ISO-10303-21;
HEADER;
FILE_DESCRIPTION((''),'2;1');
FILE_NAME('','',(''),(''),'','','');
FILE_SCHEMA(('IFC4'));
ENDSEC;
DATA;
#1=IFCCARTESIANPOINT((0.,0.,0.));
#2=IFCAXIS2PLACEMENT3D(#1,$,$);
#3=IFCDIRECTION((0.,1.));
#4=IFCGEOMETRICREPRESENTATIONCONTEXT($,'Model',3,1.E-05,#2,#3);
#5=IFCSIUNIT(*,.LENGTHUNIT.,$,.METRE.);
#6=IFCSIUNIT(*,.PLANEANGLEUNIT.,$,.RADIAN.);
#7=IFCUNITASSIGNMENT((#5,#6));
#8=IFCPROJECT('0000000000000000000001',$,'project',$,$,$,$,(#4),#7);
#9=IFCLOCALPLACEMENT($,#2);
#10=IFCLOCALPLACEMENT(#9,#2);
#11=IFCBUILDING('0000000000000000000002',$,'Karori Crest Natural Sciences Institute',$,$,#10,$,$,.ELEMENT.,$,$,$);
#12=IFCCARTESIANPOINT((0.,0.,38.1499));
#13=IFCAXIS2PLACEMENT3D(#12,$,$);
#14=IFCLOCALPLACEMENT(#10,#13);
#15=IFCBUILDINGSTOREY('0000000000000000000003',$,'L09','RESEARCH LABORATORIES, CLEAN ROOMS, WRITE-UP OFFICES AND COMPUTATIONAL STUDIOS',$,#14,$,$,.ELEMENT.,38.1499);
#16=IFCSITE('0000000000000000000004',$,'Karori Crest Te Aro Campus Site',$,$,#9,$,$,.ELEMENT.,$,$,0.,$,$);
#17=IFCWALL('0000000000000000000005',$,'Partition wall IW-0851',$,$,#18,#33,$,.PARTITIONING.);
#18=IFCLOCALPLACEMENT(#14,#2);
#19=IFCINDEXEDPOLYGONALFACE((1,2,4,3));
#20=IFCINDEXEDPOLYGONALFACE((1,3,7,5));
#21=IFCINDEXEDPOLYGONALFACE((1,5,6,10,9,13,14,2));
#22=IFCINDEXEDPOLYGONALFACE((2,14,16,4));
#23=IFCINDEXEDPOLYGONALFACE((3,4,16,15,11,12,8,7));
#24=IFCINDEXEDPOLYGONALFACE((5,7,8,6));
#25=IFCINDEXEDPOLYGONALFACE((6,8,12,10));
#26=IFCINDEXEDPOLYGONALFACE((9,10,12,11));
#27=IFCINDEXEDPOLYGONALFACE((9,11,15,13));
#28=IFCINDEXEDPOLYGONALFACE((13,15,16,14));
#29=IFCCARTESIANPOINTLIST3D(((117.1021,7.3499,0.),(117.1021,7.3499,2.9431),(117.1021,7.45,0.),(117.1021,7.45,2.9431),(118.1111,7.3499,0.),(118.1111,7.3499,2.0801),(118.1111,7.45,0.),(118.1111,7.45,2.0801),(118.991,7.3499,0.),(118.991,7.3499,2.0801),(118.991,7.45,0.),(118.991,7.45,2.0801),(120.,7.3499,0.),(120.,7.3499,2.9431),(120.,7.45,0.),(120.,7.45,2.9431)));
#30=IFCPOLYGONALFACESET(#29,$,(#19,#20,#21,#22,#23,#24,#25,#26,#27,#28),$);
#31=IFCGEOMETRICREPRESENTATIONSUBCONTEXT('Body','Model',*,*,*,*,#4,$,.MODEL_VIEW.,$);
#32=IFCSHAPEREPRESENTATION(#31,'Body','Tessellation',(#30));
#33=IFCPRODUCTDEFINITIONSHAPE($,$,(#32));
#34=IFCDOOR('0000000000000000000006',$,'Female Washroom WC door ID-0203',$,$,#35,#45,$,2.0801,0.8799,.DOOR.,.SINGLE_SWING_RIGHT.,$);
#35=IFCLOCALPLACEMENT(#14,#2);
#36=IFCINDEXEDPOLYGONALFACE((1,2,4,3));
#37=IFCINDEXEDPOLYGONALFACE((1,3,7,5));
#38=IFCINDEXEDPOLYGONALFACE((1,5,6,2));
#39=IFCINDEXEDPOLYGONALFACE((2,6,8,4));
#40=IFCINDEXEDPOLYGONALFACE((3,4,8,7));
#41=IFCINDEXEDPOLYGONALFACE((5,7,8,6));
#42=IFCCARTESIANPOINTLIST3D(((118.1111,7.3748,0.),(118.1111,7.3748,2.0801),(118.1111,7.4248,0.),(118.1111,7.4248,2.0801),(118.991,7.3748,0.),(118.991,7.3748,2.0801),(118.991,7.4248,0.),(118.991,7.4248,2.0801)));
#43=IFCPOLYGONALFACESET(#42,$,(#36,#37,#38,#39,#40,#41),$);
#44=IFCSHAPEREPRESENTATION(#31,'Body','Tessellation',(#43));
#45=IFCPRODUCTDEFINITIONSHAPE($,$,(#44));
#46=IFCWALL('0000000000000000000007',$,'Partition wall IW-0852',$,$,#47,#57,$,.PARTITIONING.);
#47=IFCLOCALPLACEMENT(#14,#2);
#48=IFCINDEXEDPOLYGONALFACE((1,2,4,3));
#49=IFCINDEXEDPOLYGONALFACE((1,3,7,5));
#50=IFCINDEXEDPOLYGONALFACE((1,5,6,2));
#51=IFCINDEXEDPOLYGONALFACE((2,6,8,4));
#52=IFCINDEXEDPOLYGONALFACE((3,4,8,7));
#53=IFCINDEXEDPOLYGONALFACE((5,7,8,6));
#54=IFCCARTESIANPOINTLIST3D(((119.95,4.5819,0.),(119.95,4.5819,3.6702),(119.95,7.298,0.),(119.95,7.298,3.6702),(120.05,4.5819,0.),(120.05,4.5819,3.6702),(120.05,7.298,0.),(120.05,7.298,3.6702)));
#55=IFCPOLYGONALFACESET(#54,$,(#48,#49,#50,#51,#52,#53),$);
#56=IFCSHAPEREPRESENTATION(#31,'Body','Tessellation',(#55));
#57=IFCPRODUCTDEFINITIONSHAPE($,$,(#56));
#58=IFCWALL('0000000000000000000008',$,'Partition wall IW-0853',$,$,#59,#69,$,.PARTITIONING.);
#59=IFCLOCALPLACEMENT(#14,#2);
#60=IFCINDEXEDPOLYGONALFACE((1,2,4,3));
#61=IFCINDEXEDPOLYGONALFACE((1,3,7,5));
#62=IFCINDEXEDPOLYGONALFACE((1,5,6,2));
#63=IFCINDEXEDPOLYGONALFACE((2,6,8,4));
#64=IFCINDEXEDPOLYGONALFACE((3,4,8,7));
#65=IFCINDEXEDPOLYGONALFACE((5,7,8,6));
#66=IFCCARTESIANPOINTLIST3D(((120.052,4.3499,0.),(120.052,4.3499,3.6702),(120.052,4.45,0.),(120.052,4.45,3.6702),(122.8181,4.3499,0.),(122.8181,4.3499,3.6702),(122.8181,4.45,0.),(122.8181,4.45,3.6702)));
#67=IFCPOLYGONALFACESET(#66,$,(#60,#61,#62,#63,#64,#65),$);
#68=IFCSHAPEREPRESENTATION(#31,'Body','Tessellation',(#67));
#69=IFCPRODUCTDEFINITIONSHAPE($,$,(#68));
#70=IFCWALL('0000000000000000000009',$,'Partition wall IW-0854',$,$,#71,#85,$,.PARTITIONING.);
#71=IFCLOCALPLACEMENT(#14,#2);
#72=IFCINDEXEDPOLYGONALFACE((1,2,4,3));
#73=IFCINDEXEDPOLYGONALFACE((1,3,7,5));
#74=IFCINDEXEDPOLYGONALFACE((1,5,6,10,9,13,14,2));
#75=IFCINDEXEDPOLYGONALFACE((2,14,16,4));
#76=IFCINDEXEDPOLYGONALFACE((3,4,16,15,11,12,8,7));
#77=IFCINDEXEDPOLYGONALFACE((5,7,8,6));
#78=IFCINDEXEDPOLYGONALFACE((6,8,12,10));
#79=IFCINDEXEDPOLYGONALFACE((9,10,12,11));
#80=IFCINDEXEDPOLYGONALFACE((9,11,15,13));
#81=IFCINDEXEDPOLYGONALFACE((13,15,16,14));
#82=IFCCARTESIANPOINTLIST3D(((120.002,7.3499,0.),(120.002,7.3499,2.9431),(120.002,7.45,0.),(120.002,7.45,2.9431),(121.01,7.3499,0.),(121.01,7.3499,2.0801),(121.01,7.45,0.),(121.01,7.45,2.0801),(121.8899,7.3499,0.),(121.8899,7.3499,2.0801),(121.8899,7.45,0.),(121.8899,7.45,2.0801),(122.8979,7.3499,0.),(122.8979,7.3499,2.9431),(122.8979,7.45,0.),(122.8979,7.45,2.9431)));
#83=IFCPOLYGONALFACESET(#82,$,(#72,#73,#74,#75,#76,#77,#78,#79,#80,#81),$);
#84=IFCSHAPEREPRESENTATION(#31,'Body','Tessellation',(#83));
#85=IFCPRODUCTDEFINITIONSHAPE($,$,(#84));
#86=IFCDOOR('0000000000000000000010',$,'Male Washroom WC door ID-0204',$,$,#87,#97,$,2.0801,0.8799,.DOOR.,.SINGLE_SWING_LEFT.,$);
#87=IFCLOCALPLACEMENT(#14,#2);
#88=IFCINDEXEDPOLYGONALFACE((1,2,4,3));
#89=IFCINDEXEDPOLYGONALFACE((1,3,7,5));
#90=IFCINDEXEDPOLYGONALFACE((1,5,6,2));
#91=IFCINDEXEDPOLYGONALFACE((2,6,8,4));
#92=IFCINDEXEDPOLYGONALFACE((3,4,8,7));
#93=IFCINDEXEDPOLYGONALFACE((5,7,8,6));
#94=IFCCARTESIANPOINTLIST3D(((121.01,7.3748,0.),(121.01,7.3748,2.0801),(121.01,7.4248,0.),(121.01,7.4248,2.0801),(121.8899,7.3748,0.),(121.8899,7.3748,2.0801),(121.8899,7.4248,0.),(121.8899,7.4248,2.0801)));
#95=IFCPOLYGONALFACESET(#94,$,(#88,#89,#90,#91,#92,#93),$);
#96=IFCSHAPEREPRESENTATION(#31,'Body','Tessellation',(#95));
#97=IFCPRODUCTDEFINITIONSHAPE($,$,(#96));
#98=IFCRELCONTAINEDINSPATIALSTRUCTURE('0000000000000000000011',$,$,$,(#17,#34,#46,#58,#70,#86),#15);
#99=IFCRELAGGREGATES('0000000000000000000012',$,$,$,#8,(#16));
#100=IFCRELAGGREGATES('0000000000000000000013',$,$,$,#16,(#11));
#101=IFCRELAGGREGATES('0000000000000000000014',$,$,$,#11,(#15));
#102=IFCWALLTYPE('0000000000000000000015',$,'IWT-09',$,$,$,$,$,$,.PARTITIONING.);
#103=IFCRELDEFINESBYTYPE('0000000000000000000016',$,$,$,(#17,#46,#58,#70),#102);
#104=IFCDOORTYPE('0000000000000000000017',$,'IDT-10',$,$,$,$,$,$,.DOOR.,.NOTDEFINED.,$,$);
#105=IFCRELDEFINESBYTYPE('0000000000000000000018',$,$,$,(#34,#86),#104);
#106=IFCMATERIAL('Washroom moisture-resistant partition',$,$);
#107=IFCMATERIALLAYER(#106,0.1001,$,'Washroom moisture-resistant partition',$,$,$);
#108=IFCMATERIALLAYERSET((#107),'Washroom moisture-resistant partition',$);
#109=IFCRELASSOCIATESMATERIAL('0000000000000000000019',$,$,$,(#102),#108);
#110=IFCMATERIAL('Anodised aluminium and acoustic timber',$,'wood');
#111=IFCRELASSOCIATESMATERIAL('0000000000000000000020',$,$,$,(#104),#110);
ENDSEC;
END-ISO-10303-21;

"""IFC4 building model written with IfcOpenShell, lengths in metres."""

from ifc_helpers import new_model, si_unit, direction, frame, frame_2d, origin, place, context, subcontext, project, spatial, rectangle, extrude, material, layer, layer_set, type_object, element, fill, save


model = new_model("IFC4")

# Units and contexts
model_context = context("Model", 3, precision=1e-05, world=origin(), true_north=direction((0.0, 1.0)))
body_context = subcontext(model_context, "Body", "Model", "MODEL_VIEW")
ifc_project = project(units=[si_unit("LENGTHUNIT", "METRE"), si_unit("PLANEANGLEUNIT", "RADIAN")], contexts=[model_context])

# Site, building, storey
site_placement = place(None, origin())
site = spatial("IfcSite", under=ifc_project, at=site_placement, Name="Karori Crest Te Aro Campus Site", CompositionType="ELEMENT", RefElevation=0.0)
building_placement = place(site_placement, origin())
building = spatial("IfcBuilding", under=site, at=building_placement, Name="Karori Crest Natural Sciences Institute", CompositionType="ELEMENT")
storey_placement = place(building_placement, frame((0.0, 0.0, 38.1499)))
storey = spatial("IfcBuildingStorey", under=building, at=storey_placement, Name="L09", Description="RESEARCH LABORATORIES, CLEAN ROOMS, WRITE-UP OFFICES AND COMPUTATIONAL STUDIOS", CompositionType="ELEMENT", Elevation=38.1499)

# Shared definitions
ifc_material_1 = material(Name="Anodised aluminium and acoustic timber", Category="wood")

# Shared definitions
ifc_material_2 = material(Name="Washroom moisture-resistant partition")
ifc_layer_1 = layer(ifc_material_2, 0.1001, Name="Washroom moisture-resistant partition")
ifc_layer_set_1 = layer_set([ifc_layer_1], Name="Washroom moisture-resistant partition")
wall_type_1 = type_object("IfcWallType", Name="IWT-09", PredefinedType="PARTITIONING", material=ifc_layer_set_1)

# Wall, opening, door
wall_1_placement = place(storey_placement, frame((117.1021, 7.3999, 0.0), z_axis=(0.0, 0.0, 1.0), x_axis=(1.0, 0.0, 0.0)))
wall_1 = element("IfcWall", 1, at=wall_1_placement, inside=storey, type_object=wall_type_1, Name="Partition wall IW-0851", PredefinedType="PARTITIONING", context=body_context, shape_type="SweptSolid", body=[
    extrude(rectangle(XDim=2.8979, YDim=0.1001, at=frame_2d((1.449, 0.0))), origin(), (0.0, 0.0, 1.0), 2.9431),
])
opening_1_placement = place(wall_1_placement, frame((1.009, 0.0, 0.0)))
opening_1 = element("IfcOpeningElement", 2, at=opening_1_placement, cuts=wall_1, PredefinedType="OPENING", context=body_context, shape_type="SweptSolid", body=[
    extrude(rectangle(XDim=0.8799, YDim=2.0801, at=frame_2d((0.4399, 1.04))), frame((0.0, 0.0601, 0.0), z_axis=(0.0, -1.0, 0.0), x_axis=(1.0, 0.0, 0.0)), (0.0, 0.0, 1.0), 0.1201),
])
door_type_1 = type_object("IfcDoorType", Name="IDT-10", OperationType="NOTDEFINED", PredefinedType="DOOR", material=ifc_material_1)
door_1_placement = place(opening_1_placement, origin())
door_1 = element("IfcDoor", 3, at=door_1_placement, inside=storey, type_object=door_type_1, Name="Female Washroom WC door ID-0203", OperationType="SINGLE_SWING_RIGHT", OverallHeight=2.0801, OverallWidth=0.8799, PredefinedType="DOOR", context=body_context, shape_type="SweptSolid", body=[
    extrude(rectangle(XDim=0.8799, YDim=2.0801, at=frame_2d((0.4399, 1.04))), frame((0.0, 0.0249, 0.0), z_axis=(0.0, -1.0, 0.0), x_axis=(1.0, 0.0, 0.0)), (0.0, 0.0, 1.0), 0.05),
])
fill(opening_1, door_1)

# Walls
wall_2_placement = place(storey_placement, frame((120.0, 4.582, 0.0), z_axis=(0.0, 0.0, 1.0), x_axis=(0.0, 1.0, 0.0)))
element("IfcWall", 4, at=wall_2_placement, inside=storey, type_object=wall_type_1, Name="Partition wall IW-0852", PredefinedType="PARTITIONING", context=body_context, shape_type="SweptSolid", body=[
    extrude(rectangle(XDim=2.7161, YDim=0.1001, at=frame_2d((1.3579, 0.0))), origin(), (0.0, 0.0, 1.0), 3.6702),
])
wall_3_placement = place(storey_placement, frame((120.052, 4.3999, 0.0), z_axis=(0.0, 0.0, 1.0), x_axis=(1.0, 0.0, 0.0)))
element("IfcWall", 5, at=wall_3_placement, inside=storey, type_object=wall_type_1, Name="Partition wall IW-0853", PredefinedType="PARTITIONING", context=body_context, shape_type="SweptSolid", body=[
    extrude(rectangle(XDim=2.7661, YDim=0.1001, at=frame_2d((1.3831, 0.0))), origin(), (0.0, 0.0, 1.0), 3.6702),
])

# Wall, opening, door
wall_4_placement = place(storey_placement, frame((120.002, 7.3999, 0.0), z_axis=(0.0, 0.0, 1.0), x_axis=(1.0, 0.0, 0.0)))
wall_4 = element("IfcWall", 6, at=wall_4_placement, inside=storey, type_object=wall_type_1, Name="Partition wall IW-0854", PredefinedType="PARTITIONING", context=body_context, shape_type="SweptSolid", body=[
    extrude(rectangle(XDim=2.896, YDim=0.1001, at=frame_2d((1.448, 0.0))), origin(), (0.0, 0.0, 1.0), 2.9431),
])
opening_2_placement = place(wall_4_placement, frame((1.0081, 0.0, 0.0)))
opening_2 = element("IfcOpeningElement", 7, at=opening_2_placement, cuts=wall_4, PredefinedType="OPENING", context=body_context, shape_type="SweptSolid", body=[
    extrude(rectangle(XDim=0.8799, YDim=2.0801, at=frame_2d((0.4399, 1.04))), frame((0.0, 0.0601, 0.0), z_axis=(0.0, -1.0, 0.0), x_axis=(1.0, 0.0, 0.0)), (0.0, 0.0, 1.0), 0.1201),
])
door_2_placement = place(opening_2_placement, origin())
door_2 = element("IfcDoor", 8, at=door_2_placement, inside=storey, type_object=door_type_1, Name="Male Washroom WC door ID-0204", OperationType="SINGLE_SWING_LEFT", OverallHeight=2.0801, OverallWidth=0.8799, PredefinedType="DOOR", context=body_context, shape_type="SweptSolid", body=[
    extrude(rectangle(XDim=0.8799, YDim=2.0801, at=frame_2d((0.4399, 1.04))), frame((0.0, 0.0249, 0.0), z_axis=(0.0, -1.0, 0.0), x_axis=(1.0, 0.0, 0.0)), (0.0, 0.0, 1.0), 0.05),
])
fill(opening_2, door_2)

save(model, "model.ifc")
